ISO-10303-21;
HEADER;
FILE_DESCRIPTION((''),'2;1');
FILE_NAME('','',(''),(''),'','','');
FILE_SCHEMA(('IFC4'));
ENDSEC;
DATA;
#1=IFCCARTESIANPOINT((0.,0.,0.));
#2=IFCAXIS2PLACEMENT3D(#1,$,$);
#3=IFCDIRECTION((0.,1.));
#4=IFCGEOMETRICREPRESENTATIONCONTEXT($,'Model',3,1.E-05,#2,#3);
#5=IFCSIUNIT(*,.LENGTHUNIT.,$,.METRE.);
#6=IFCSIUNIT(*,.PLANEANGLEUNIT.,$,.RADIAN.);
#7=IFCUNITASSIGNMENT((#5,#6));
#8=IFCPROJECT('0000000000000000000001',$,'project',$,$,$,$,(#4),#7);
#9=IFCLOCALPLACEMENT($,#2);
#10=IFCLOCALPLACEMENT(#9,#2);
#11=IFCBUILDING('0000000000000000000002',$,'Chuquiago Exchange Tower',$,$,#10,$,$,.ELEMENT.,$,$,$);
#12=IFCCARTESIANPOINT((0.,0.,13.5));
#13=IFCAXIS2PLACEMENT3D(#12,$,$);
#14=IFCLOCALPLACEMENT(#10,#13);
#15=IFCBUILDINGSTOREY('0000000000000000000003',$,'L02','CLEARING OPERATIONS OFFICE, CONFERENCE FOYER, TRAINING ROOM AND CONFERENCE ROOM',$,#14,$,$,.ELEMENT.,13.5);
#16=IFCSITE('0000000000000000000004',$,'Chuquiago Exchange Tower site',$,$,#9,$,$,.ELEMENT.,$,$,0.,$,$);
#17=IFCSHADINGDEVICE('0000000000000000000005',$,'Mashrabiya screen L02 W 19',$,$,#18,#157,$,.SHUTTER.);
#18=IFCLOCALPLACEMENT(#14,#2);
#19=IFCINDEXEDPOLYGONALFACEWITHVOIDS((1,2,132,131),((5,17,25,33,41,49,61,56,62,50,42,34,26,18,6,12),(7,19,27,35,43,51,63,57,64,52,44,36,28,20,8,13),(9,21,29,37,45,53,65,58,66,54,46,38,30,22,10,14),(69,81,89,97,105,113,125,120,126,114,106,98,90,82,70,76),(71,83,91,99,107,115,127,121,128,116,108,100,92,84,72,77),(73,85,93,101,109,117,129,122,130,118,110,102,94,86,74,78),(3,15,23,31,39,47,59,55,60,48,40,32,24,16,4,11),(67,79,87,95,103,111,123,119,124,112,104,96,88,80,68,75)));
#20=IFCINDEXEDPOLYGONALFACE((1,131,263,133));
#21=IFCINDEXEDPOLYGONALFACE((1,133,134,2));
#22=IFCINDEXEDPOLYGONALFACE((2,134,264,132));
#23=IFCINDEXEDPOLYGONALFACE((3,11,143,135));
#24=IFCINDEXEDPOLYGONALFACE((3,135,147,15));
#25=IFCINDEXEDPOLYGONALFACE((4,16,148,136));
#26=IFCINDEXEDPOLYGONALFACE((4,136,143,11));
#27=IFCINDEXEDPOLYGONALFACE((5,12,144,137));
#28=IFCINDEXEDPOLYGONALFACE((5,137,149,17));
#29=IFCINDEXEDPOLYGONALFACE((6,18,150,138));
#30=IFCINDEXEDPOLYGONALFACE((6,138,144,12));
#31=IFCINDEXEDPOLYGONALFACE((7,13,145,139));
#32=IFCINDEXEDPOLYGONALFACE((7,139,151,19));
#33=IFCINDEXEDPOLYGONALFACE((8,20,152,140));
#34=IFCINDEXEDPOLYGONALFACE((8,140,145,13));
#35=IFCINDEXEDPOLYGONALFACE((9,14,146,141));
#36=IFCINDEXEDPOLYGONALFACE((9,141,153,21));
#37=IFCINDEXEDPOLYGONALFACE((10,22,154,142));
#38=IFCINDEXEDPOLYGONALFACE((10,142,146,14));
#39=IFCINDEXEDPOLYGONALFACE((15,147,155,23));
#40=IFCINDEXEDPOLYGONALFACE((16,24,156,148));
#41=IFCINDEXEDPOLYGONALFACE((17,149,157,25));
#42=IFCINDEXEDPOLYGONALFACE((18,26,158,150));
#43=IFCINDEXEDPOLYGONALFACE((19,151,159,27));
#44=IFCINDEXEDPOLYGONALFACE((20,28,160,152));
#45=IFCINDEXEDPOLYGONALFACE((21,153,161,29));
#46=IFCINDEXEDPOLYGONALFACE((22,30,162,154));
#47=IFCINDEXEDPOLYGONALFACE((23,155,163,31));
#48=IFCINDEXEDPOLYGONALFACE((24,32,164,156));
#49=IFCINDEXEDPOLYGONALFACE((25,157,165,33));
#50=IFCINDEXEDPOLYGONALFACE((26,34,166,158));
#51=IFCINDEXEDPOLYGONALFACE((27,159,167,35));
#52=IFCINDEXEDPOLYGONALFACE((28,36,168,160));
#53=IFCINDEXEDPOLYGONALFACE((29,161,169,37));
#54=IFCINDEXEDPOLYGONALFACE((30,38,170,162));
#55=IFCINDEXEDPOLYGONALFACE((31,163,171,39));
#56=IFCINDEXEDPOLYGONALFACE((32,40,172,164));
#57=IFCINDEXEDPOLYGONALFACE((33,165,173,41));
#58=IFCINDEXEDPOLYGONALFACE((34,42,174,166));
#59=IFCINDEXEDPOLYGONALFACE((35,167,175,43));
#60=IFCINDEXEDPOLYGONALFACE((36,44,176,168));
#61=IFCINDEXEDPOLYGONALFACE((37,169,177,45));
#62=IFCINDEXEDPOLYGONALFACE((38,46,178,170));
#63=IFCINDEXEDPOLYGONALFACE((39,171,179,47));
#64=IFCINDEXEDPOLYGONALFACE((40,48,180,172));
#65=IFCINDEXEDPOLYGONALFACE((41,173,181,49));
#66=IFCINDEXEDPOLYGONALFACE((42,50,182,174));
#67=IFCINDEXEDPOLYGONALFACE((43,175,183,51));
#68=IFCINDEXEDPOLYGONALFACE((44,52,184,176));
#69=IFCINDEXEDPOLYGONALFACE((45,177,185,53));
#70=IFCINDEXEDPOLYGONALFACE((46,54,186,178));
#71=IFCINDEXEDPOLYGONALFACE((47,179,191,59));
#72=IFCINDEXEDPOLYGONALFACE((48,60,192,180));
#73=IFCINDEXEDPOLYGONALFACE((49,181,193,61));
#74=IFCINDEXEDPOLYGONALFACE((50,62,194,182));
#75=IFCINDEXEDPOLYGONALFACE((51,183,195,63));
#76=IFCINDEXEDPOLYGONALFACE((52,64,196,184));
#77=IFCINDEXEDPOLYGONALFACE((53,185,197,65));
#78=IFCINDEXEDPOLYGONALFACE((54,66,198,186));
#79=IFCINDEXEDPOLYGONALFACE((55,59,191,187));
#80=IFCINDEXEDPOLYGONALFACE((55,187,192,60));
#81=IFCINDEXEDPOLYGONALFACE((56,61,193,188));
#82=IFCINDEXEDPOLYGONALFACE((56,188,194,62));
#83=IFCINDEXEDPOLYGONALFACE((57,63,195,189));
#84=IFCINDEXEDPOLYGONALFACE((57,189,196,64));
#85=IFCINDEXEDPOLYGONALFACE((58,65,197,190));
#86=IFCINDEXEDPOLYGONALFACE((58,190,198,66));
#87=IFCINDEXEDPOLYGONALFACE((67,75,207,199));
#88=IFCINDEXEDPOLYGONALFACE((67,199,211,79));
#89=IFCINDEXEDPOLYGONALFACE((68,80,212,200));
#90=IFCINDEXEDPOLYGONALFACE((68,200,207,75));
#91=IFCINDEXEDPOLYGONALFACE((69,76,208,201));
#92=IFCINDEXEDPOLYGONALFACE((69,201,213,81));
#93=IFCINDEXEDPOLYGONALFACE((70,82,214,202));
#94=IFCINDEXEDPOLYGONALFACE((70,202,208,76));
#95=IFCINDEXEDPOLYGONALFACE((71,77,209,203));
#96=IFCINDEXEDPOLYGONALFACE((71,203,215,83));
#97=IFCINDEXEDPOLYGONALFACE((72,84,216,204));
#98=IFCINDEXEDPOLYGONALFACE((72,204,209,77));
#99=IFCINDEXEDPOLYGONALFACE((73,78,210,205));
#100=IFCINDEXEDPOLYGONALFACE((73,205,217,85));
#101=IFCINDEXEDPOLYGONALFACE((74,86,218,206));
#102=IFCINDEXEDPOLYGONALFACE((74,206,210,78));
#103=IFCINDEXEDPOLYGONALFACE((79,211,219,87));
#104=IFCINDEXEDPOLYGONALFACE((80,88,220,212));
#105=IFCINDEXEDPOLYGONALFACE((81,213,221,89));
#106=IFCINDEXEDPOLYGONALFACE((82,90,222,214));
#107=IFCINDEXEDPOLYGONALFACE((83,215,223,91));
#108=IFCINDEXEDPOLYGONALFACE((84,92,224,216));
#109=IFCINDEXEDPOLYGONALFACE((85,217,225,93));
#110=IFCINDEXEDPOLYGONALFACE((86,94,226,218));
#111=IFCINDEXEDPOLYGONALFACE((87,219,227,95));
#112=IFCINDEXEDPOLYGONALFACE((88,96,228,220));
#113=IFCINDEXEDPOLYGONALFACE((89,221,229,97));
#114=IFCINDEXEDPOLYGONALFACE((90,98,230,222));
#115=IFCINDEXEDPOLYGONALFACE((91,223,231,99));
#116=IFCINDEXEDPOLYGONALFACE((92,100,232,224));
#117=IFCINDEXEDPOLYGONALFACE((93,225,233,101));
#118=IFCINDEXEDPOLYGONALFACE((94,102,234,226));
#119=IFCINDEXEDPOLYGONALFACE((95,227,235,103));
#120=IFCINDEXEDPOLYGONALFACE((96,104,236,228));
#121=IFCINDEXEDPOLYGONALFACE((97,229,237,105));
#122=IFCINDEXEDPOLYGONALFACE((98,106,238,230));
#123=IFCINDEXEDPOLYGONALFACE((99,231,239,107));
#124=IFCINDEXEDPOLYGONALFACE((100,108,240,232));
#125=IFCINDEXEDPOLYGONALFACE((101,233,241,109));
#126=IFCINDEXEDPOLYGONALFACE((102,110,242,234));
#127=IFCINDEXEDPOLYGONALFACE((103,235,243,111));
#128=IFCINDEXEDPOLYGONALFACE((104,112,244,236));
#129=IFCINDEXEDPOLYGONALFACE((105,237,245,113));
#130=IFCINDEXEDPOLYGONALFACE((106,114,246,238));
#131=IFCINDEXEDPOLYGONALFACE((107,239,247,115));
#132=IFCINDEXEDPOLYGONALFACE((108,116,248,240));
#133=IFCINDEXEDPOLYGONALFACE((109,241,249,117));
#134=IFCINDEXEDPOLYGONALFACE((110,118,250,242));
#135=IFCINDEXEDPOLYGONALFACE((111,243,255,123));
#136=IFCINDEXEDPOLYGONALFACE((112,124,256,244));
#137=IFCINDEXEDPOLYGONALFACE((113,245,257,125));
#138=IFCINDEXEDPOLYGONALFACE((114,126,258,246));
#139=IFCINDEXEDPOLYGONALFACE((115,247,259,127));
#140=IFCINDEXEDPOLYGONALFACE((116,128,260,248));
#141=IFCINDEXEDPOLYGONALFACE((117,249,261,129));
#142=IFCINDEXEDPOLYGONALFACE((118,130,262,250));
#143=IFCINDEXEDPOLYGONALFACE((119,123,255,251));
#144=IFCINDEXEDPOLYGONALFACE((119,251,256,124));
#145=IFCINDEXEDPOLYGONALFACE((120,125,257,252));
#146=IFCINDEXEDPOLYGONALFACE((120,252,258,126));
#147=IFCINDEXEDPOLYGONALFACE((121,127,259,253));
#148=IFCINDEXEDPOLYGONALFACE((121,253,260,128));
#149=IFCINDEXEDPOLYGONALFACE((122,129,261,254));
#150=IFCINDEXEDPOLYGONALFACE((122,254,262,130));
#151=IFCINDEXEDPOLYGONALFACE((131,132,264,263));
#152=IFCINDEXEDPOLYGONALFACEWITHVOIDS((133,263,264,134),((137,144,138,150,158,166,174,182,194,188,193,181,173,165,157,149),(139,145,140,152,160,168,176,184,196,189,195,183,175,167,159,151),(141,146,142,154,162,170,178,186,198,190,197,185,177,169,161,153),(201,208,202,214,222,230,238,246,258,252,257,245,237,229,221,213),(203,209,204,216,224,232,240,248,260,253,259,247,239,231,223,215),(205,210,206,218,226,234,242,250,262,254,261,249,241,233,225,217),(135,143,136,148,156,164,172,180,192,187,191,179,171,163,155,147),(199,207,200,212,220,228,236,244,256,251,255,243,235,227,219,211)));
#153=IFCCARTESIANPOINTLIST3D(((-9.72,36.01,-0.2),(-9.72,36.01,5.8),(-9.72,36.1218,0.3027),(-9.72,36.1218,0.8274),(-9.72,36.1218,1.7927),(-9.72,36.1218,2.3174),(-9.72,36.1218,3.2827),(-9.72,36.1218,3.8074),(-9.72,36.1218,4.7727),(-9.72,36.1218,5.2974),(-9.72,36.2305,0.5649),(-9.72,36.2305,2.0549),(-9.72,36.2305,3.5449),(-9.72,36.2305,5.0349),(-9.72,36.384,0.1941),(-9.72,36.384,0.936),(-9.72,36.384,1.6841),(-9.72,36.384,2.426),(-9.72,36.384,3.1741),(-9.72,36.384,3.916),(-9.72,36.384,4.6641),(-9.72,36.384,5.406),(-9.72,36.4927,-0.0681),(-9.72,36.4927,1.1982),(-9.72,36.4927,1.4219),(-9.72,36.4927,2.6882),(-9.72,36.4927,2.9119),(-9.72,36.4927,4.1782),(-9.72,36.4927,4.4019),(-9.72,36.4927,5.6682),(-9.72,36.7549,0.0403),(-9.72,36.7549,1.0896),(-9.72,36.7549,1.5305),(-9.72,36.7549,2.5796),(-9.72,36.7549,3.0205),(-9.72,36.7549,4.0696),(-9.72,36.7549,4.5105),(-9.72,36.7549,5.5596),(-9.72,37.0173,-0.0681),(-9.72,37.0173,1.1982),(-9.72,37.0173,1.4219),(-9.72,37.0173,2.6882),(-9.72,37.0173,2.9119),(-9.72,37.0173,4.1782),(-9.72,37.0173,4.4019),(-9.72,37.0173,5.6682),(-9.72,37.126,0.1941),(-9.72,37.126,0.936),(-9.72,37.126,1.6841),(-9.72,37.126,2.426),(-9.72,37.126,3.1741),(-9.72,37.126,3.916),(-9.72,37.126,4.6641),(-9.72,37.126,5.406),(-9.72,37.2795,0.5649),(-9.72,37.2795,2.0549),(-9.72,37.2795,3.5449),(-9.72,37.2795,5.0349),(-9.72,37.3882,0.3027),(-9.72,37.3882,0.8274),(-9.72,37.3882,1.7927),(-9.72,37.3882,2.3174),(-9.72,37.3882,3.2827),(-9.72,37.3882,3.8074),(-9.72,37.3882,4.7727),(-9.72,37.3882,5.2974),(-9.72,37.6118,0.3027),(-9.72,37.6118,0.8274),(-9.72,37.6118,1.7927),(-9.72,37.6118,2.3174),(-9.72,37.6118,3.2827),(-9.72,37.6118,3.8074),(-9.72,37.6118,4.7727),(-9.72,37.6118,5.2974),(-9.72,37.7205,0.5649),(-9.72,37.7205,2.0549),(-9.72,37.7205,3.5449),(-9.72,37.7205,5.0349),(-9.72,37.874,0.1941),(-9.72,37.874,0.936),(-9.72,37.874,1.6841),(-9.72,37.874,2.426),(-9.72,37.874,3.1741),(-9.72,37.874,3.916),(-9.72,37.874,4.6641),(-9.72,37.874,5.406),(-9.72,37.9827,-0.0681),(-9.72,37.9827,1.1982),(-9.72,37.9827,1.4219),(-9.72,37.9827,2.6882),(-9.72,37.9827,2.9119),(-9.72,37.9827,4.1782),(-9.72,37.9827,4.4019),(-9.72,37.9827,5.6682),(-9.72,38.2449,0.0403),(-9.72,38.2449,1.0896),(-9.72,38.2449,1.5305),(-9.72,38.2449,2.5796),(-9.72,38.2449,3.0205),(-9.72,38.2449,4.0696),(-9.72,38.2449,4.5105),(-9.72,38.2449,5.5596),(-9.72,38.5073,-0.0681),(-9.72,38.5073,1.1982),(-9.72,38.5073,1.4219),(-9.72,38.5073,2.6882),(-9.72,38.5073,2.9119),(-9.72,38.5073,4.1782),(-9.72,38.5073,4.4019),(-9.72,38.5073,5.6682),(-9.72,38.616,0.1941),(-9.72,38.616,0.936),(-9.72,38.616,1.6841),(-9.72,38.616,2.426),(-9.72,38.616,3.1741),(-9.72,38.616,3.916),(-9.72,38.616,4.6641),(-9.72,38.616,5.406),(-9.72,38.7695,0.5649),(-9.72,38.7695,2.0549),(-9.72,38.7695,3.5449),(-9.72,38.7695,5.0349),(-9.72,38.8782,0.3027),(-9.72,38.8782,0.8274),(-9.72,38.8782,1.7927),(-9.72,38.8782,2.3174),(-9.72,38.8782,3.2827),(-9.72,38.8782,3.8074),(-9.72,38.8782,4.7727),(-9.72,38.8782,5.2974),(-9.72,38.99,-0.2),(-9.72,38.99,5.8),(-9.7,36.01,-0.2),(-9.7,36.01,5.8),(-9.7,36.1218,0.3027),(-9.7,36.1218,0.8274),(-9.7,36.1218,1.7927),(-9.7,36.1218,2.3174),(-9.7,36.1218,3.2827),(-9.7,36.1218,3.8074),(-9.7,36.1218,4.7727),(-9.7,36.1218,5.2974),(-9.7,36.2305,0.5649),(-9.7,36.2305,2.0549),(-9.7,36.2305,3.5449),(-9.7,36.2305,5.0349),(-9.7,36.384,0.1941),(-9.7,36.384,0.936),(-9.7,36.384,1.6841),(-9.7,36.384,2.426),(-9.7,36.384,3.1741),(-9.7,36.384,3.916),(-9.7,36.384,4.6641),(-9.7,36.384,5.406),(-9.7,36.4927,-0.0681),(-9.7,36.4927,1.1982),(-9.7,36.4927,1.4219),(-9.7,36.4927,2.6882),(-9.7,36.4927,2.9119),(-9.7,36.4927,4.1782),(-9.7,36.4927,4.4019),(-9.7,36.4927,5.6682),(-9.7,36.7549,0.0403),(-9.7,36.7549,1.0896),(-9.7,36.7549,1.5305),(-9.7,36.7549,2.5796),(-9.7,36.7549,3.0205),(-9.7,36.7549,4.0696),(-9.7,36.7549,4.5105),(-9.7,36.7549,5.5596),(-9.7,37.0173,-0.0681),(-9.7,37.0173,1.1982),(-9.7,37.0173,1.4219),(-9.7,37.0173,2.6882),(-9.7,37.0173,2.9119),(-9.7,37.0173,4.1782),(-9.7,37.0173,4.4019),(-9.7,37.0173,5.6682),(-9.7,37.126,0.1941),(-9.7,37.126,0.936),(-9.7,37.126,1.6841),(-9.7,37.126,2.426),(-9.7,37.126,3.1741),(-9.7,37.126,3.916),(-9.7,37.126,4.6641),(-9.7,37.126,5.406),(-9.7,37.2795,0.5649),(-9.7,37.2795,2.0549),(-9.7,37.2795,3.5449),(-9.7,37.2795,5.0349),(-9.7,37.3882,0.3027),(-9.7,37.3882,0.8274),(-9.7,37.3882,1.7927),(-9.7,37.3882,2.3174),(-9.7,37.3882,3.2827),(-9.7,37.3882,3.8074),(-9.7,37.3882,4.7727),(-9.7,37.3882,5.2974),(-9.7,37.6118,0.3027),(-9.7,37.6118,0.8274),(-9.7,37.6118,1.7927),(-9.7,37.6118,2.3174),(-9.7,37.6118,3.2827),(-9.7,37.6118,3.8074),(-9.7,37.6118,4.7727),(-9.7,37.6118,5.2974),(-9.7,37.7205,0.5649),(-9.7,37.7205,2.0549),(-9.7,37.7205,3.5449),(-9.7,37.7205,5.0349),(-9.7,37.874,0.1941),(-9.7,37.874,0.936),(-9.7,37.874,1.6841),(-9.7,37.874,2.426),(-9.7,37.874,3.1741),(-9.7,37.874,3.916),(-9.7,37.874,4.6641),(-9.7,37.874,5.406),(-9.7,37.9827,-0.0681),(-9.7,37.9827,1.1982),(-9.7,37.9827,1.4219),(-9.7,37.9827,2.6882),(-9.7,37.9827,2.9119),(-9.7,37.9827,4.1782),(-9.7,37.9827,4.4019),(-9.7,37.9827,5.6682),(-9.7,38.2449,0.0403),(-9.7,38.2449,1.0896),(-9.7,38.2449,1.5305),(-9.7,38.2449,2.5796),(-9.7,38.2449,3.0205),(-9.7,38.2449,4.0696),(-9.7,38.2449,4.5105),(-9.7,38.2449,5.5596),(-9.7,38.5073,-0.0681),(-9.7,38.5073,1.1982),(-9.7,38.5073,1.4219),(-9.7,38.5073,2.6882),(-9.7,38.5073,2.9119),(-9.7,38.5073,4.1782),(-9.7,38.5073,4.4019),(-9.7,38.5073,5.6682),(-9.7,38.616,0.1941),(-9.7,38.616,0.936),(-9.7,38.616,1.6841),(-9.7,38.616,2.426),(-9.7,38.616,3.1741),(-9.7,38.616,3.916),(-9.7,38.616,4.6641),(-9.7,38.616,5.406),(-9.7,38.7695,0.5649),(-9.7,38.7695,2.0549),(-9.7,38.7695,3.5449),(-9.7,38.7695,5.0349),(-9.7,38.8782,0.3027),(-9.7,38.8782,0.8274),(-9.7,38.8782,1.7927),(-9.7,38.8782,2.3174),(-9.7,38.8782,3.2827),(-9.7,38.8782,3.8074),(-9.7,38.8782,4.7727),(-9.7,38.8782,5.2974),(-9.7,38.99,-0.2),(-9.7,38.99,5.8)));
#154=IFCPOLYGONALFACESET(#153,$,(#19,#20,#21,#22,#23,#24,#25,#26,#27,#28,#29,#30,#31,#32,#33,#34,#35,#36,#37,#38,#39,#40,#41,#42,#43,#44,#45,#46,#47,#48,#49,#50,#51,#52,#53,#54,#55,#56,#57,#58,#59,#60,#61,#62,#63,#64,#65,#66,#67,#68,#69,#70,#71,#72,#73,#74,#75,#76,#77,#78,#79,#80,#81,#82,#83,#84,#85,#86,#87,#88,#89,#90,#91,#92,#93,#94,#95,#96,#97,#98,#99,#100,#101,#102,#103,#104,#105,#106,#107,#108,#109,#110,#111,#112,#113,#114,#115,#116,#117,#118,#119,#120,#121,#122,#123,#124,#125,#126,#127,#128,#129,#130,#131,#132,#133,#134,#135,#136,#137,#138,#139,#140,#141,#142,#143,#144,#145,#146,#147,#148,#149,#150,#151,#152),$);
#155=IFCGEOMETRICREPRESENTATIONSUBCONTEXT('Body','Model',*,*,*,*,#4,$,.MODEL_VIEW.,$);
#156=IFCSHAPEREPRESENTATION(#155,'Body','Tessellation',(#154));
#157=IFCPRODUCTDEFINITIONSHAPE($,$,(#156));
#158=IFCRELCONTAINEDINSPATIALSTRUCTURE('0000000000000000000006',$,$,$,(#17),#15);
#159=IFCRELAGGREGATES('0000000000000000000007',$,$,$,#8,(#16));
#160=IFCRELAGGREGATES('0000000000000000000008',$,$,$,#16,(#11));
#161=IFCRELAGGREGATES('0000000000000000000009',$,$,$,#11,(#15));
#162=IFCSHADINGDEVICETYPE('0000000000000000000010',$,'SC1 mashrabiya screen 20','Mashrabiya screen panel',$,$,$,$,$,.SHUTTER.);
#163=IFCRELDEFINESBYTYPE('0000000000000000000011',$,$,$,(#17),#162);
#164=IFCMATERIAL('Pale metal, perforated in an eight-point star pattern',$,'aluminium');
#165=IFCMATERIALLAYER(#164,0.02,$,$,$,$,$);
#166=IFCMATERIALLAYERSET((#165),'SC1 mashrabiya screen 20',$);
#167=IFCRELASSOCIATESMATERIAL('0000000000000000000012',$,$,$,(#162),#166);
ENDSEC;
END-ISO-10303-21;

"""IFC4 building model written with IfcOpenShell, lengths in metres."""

from ifc_helpers import new_model, si_unit, direction, frame, origin, place, context, subcontext, project, spatial, polyline, outline, extrude, material, layer, layer_set, type_object, element, save


model = new_model("IFC4")

# Units and contexts
model_context = context("Model", 3, precision=1e-05, world=origin(), true_north=direction((0.0, 1.0)))
body_context = subcontext(model_context, "Body", "Model", "MODEL_VIEW")
ifc_project = project(units=[si_unit("LENGTHUNIT", "METRE"), si_unit("PLANEANGLEUNIT", "RADIAN")], contexts=[model_context])

# Site, building, storey
site_placement = place(None, origin())
site = spatial("IfcSite", under=ifc_project, at=site_placement, Name="Chuquiago Exchange Tower site", CompositionType="ELEMENT", RefElevation=0.0)
building_placement = place(site_placement, origin())
building = spatial("IfcBuilding", under=site, at=building_placement, Name="Chuquiago Exchange Tower", CompositionType="ELEMENT")
storey_placement = place(building_placement, frame((0.0, 0.0, 13.5)))
storey = spatial("IfcBuildingStorey", under=building, at=storey_placement, Name="L02", Description="CLEARING OPERATIONS OFFICE, CONFERENCE FOYER, TRAINING ROOM AND CONFERENCE ROOM", CompositionType="ELEMENT", Elevation=13.5)

# Shading device
ifc_material_1 = material(Name="Pale metal, perforated in an eight-point star pattern", Category="aluminium")
ifc_layer_1 = layer(ifc_material_1, 0.02)
ifc_layer_set_1 = layer_set([ifc_layer_1], Name="SC1 mashrabiya screen 20")
shading_device_type = type_object("IfcShadingDeviceType", Name="SC1 mashrabiya screen 20", Description="Mashrabiya screen panel", PredefinedType="SHUTTER", material=ifc_layer_set_1)
shading_device_1_placement = place(storey_placement, frame((-9.7, 38.99, -0.2), z_axis=(0.0, 0.0, 1.0), x_axis=(0.0, -1.0, 0.0)))
element("IfcShadingDevice", 1, at=shading_device_1_placement, inside=storey, type_object=shading_device_type, Name="Mashrabiya screen L02 W 19", PredefinedType="SHUTTER", context=body_context, shape_type="SweptSolid", body=[
    extrude(outline(polyline([(0.0, 0.0), (2.98, 0.0), (2.98, 6.0), (0.0, 6.0), (0.0, 0.0)]), holes=[polyline([(1.2695, 0.7649), (1.3782, 1.0273), (1.116, 1.136), (1.0073, 1.3982), (0.7451, 1.2896), (0.4827, 1.3982), (0.374, 1.136), (0.1118, 1.0273), (0.2205, 0.7649), (0.1118, 0.5027), (0.374, 0.394), (0.4827, 0.1318), (0.7451, 0.2402), (1.0073, 0.1318), (1.116, 0.394), (1.3782, 0.5027), (1.2695, 0.7649)]), polyline([(2.7595, 0.7649), (2.8682, 1.0273), (2.606, 1.136), (2.4973, 1.3982), (2.2351, 1.2896), (1.9727, 1.3982), (1.864, 1.136), (1.6018, 1.0273), (1.7104, 0.7649), (1.6018, 0.5027), (1.864, 0.394), (1.9727, 0.1318), (2.2351, 0.2402), (2.4973, 0.1318), (2.606, 0.394), (2.8682, 0.5027), (2.7595, 0.7649)]), polyline([(1.2695, 2.2549), (1.3782, 2.5173), (1.116, 2.626), (1.0073, 2.8882), (0.7451, 2.7795), (0.4827, 2.8882), (0.374, 2.626), (0.1118, 2.5173), (0.2205, 2.2549), (0.1118, 1.9927), (0.374, 1.884), (0.4827, 1.6218), (0.7451, 1.7305), (1.0073, 1.6218), (1.116, 1.884), (1.3782, 1.9927), (1.2695, 2.2549)]), polyline([(2.7595, 2.2549), (2.8682, 2.5173), (2.606, 2.626), (2.4973, 2.8882), (2.2351, 2.7795), (1.9727, 2.8882), (1.864, 2.626), (1.6018, 2.5173), (1.7104, 2.2549), (1.6018, 1.9927), (1.864, 1.884), (1.9727, 1.6218), (2.2351, 1.7305), (2.4973, 1.6218), (2.606, 1.884), (2.8682, 1.9927), (2.7595, 2.2549)]), polyline([(1.2695, 3.7449), (1.3782, 4.0073), (1.116, 4.116), (1.0073, 4.3782), (0.7451, 4.2695), (0.4827, 4.3782), (0.374, 4.116), (0.1118, 4.0073), (0.2205, 3.7449), (0.1118, 3.4827), (0.374, 3.374), (0.4827, 3.1118), (0.7451, 3.2205), (1.0073, 3.1118), (1.116, 3.374), (1.3782, 3.4827), (1.2695, 3.7449)]), polyline([(2.7595, 3.7449), (2.8682, 4.0073), (2.606, 4.116), (2.4973, 4.3782), (2.2351, 4.2695), (1.9727, 4.3782), (1.864, 4.116), (1.6018, 4.0073), (1.7104, 3.7449), (1.6018, 3.4827), (1.864, 3.374), (1.9727, 3.1118), (2.2351, 3.2205), (2.4973, 3.1118), (2.606, 3.374), (2.8682, 3.4827), (2.7595, 3.7449)]), polyline([(1.2695, 5.2349), (1.3782, 5.4973), (1.116, 5.606), (1.0073, 5.8682), (0.7451, 5.7595), (0.4827, 5.8682), (0.374, 5.606), (0.1118, 5.4973), (0.2205, 5.2349), (0.1118, 4.9727), (0.374, 4.864), (0.4827, 4.6018), (0.7451, 4.7104), (1.0073, 4.6018), (1.116, 4.864), (1.3782, 4.9727), (1.2695, 5.2349)]), polyline([(2.7595, 5.2349), (2.8682, 5.4973), (2.606, 5.606), (2.4973, 5.8682), (2.2351, 5.7595), (1.9727, 5.8682), (1.864, 5.606), (1.6018, 5.4973), (1.7104, 5.2349), (1.6018, 4.9727), (1.864, 4.864), (1.9727, 4.6018), (2.2351, 4.7104), (2.4973, 4.6018), (2.606, 4.864), (2.8682, 4.9727), (2.7595, 5.2349)])]), frame((0.0, 0.0, 0.0), z_axis=(0.0, -1.0, 0.0), x_axis=(1.0, 0.0, 0.0)), (0.0, 0.0, 1.0), 0.02),
])

save(model, "model.ifc")
